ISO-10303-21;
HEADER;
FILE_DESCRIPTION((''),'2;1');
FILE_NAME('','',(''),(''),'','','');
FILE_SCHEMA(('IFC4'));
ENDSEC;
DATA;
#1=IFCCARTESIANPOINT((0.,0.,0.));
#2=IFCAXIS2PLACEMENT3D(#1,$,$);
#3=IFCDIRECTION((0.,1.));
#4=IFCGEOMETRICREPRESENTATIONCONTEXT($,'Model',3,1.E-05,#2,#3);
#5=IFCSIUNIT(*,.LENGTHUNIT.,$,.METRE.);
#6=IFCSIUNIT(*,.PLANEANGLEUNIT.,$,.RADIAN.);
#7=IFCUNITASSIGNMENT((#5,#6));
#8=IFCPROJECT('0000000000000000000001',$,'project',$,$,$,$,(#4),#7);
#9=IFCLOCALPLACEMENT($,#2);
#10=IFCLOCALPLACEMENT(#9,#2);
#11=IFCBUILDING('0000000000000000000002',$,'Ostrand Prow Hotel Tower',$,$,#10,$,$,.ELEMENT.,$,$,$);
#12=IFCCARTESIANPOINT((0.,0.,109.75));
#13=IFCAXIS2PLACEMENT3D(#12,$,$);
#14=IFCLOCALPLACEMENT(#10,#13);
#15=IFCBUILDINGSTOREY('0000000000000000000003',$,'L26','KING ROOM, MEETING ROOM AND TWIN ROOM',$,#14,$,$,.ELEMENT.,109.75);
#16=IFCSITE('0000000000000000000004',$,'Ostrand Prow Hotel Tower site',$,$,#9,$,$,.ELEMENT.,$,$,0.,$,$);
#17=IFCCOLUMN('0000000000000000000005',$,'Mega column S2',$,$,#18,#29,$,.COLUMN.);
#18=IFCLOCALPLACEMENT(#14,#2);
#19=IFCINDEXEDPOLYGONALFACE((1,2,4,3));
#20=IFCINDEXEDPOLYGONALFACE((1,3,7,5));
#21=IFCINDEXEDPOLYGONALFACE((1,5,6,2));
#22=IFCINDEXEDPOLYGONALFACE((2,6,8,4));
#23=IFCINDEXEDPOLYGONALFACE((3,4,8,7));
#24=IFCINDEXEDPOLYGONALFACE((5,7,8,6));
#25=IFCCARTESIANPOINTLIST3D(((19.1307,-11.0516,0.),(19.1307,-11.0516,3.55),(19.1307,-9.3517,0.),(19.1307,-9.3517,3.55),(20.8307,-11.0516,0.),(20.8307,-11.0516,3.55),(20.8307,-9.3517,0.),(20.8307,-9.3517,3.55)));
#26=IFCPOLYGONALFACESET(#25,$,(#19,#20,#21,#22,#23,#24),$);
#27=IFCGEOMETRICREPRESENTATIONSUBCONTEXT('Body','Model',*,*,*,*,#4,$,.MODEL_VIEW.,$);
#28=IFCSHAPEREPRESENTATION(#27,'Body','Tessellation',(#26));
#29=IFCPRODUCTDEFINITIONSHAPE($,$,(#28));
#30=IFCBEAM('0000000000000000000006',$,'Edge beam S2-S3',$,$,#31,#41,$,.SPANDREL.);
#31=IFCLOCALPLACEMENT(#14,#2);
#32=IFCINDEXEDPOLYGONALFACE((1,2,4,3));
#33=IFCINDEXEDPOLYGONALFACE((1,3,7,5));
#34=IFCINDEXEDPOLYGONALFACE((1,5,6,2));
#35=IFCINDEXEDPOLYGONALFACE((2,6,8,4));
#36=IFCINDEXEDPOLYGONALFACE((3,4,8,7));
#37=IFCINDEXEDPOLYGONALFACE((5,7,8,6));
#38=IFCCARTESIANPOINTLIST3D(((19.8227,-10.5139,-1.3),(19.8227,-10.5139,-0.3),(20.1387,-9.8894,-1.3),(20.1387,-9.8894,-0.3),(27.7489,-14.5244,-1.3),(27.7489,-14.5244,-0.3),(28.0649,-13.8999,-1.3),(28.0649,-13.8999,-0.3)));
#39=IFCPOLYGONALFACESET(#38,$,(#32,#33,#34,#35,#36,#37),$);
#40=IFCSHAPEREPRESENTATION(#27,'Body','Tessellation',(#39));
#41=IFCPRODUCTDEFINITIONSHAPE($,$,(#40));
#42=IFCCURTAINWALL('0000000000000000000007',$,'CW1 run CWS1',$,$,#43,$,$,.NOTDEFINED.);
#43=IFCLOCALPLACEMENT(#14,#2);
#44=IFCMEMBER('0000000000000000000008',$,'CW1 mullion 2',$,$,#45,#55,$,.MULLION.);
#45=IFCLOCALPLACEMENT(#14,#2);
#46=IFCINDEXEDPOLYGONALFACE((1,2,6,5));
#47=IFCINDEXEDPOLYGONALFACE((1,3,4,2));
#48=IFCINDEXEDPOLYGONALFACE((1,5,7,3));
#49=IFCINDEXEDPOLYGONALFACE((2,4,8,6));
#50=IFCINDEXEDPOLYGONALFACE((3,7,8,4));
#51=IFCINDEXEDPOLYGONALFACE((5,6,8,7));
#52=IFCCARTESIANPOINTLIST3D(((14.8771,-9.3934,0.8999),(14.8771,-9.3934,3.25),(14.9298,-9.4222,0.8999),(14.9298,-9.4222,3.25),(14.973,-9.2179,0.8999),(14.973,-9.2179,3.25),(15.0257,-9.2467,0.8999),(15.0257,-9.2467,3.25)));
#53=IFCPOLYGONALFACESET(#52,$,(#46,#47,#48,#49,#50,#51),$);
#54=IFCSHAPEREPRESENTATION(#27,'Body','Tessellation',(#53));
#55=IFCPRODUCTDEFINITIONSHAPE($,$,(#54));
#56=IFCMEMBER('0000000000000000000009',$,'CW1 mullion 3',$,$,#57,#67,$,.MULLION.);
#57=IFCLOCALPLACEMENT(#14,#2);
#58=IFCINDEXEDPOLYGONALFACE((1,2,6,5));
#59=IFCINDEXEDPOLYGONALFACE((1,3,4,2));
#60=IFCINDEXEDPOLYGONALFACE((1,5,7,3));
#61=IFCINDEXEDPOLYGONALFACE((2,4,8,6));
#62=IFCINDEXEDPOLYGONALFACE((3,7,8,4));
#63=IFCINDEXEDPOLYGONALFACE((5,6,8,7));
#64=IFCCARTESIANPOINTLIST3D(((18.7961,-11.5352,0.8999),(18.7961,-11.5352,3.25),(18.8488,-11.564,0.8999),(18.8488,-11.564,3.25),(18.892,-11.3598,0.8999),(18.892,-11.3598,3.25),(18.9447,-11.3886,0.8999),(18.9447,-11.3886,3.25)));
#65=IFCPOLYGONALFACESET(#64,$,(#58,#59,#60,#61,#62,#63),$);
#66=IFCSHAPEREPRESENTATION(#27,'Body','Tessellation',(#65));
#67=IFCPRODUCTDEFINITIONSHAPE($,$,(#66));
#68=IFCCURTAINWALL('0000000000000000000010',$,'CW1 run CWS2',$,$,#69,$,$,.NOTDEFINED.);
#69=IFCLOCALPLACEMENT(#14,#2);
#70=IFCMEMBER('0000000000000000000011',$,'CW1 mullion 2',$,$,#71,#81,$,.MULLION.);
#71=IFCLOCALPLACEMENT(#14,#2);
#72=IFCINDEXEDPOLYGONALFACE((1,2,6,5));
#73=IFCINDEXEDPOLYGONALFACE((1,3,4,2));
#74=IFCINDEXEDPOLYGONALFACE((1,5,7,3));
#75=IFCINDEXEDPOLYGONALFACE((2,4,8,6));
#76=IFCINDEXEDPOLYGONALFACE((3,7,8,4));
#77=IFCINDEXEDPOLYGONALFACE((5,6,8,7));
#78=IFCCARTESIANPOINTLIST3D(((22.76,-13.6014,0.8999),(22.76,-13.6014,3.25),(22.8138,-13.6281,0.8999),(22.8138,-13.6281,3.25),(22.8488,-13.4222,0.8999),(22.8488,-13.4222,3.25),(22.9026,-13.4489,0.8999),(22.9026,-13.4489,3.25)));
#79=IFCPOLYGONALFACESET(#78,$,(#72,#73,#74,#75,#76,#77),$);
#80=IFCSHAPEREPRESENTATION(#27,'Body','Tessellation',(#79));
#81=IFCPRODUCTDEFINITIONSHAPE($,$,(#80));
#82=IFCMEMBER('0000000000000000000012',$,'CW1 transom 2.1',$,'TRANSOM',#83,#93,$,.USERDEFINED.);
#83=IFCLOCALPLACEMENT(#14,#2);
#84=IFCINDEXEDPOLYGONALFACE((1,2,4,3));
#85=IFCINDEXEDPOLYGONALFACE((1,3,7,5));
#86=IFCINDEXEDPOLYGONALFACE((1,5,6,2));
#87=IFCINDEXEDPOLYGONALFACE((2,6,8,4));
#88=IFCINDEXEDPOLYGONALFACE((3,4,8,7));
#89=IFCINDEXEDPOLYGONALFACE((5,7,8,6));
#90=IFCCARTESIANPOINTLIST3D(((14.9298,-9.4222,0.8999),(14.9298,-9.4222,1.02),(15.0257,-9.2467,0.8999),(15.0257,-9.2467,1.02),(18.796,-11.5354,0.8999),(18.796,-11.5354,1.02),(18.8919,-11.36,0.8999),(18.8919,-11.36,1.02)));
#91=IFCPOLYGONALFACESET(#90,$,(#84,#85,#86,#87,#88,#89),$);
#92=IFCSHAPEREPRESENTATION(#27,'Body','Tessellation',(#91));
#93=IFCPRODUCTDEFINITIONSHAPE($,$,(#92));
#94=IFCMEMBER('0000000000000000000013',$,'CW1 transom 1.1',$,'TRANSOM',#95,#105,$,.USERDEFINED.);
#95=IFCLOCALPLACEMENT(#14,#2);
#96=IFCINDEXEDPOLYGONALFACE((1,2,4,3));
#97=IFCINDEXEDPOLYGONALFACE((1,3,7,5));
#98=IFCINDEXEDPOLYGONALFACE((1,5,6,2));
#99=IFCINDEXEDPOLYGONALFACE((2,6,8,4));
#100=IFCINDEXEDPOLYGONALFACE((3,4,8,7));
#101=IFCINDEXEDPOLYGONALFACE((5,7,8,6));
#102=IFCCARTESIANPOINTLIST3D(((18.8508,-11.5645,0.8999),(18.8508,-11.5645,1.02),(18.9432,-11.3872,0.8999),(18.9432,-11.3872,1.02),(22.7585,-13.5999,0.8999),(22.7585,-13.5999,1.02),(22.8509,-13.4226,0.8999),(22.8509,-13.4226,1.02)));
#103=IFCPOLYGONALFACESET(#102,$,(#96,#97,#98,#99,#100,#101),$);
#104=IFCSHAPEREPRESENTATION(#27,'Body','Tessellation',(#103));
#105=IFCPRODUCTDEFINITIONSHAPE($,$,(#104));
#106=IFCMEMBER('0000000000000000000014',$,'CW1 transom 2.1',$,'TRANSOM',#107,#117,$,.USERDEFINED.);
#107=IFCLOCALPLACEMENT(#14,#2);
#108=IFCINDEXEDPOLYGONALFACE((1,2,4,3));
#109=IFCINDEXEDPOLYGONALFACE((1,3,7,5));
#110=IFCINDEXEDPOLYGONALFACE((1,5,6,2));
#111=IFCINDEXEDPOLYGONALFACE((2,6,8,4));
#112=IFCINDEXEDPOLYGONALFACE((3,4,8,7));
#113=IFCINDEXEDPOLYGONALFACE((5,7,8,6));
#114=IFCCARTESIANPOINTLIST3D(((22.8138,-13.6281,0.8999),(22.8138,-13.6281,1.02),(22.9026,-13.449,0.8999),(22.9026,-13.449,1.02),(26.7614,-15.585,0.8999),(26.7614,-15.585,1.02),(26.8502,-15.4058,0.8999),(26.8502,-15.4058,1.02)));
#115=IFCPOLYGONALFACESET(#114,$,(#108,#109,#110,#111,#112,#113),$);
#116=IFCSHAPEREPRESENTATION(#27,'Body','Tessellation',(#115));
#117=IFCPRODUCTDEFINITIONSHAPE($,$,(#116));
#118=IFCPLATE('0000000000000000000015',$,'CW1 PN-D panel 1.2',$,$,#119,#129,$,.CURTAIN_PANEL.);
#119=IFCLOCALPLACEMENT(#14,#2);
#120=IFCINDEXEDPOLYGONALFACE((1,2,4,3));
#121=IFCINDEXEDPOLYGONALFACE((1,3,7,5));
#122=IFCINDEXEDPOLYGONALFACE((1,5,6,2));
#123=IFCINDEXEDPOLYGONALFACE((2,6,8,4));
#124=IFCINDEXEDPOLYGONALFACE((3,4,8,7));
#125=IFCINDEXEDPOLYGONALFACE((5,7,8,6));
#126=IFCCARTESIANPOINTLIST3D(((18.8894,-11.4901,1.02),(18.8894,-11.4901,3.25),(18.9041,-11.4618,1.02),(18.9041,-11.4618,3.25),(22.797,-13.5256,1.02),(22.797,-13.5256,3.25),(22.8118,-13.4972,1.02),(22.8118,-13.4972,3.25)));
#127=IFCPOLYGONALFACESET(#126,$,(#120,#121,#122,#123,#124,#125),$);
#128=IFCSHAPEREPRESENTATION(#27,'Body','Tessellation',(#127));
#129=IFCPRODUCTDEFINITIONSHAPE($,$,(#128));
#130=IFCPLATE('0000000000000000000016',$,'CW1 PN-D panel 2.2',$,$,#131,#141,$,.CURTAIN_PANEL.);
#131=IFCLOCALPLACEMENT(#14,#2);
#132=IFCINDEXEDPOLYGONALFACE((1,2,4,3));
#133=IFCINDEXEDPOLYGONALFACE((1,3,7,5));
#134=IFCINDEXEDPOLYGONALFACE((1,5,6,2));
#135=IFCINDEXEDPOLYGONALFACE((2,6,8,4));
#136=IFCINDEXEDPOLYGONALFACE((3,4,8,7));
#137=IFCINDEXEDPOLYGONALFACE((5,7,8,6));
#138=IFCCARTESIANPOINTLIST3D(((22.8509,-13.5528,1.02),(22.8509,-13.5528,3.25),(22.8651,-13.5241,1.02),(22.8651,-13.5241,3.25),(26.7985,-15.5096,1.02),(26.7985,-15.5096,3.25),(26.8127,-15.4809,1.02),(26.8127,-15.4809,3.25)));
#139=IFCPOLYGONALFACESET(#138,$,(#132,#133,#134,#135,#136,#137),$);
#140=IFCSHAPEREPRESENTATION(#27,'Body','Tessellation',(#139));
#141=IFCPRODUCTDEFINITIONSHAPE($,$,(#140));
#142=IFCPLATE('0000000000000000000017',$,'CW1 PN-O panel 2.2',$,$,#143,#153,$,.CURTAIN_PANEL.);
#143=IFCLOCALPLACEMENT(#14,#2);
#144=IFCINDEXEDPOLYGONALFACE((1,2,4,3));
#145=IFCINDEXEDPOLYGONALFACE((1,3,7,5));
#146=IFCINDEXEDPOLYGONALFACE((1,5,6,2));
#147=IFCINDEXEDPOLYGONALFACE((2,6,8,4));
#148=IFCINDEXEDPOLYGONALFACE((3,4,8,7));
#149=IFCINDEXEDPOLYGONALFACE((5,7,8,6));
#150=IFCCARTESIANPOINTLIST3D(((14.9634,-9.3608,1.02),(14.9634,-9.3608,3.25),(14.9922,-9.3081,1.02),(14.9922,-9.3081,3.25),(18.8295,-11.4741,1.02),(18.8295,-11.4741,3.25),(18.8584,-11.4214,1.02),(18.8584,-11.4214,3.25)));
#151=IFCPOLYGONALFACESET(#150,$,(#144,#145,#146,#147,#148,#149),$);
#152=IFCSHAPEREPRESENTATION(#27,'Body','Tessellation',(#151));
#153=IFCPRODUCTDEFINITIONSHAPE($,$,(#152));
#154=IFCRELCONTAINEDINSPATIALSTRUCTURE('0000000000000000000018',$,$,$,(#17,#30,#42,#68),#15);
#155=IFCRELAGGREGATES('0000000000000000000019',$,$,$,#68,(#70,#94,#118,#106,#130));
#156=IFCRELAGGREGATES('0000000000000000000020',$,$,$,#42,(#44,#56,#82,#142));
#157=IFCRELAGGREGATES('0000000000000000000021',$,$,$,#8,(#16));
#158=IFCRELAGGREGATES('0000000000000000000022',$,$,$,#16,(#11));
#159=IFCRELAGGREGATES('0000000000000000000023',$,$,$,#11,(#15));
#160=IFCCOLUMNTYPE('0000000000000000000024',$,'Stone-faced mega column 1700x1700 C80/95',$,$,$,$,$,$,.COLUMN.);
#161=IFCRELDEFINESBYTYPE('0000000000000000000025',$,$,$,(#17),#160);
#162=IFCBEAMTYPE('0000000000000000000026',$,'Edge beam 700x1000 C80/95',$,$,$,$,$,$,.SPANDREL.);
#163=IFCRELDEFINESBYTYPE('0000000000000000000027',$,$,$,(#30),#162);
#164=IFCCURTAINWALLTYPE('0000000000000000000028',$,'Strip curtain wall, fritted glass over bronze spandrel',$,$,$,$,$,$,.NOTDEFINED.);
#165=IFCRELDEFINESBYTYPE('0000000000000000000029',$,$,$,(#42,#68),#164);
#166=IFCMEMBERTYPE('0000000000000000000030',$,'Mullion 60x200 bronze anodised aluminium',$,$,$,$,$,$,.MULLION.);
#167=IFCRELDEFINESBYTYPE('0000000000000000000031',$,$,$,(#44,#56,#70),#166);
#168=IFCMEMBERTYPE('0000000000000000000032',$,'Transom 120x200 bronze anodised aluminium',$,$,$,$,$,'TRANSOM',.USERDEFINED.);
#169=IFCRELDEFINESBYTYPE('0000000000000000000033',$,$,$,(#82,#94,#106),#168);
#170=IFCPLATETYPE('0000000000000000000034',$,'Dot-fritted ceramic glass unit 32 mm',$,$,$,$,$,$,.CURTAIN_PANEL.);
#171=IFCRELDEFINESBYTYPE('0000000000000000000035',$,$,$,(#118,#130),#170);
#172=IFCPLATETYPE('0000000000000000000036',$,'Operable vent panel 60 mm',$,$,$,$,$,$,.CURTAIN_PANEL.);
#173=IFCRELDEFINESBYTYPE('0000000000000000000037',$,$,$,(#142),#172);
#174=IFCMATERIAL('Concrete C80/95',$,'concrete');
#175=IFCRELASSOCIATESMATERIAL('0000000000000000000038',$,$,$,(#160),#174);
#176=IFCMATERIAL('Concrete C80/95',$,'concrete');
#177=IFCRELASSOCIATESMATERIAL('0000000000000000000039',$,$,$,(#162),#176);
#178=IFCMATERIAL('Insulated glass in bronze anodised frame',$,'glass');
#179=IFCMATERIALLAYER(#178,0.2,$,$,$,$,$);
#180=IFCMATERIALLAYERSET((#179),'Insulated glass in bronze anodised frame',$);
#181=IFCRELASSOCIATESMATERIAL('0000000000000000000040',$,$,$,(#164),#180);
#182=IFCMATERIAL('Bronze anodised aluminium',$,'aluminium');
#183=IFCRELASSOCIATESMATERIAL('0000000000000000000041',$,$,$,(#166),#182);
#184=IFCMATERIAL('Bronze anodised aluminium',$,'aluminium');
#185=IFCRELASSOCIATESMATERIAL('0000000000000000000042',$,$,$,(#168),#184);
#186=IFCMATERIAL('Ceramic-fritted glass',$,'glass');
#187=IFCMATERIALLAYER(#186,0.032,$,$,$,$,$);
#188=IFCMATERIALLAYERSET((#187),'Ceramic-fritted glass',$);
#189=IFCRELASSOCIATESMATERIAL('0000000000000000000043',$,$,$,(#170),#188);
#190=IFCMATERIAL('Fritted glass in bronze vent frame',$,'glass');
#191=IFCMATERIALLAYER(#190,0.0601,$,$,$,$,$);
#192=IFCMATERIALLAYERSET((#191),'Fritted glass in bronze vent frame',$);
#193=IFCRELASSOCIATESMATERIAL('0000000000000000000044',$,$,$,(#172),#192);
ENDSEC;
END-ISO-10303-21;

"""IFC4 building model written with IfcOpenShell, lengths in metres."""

from ifc_helpers import new_model, si_unit, direction, frame, origin, origin_2d, place, context, subcontext, project, spatial, rectangle, extrude, material, layer, layer_set, material_profile, profile_set, type_object, element, aggregate, save


model = new_model("IFC4")

# Units and contexts
model_context = context("Model", 3, precision=1e-05, world=origin(), true_north=direction((0.0, 1.0)))
body_context = subcontext(model_context, "Body", "Model", "MODEL_VIEW")
ifc_project = project(units=[si_unit("LENGTHUNIT", "METRE"), si_unit("PLANEANGLEUNIT", "RADIAN")], contexts=[model_context])

# Site, building, storey
site_placement = place(None, origin())
site = spatial("IfcSite", under=ifc_project, at=site_placement, Name="Ostrand Prow Hotel Tower site", CompositionType="ELEMENT", RefElevation=0.0)
building_placement = place(site_placement, origin())
building = spatial("IfcBuilding", under=site, at=building_placement, Name="Ostrand Prow Hotel Tower", CompositionType="ELEMENT")
storey_placement = place(building_placement, frame((0.0, 0.0, 109.75)))
storey = spatial("IfcBuildingStorey", under=building, at=storey_placement, Name="L26", Description="KING ROOM, MEETING ROOM AND TWIN ROOM", CompositionType="ELEMENT", Elevation=109.75)

# Column
ifc_material_1 = material(Name="Concrete C80/95", Category="concrete")
ifc_material_profile_1 = material_profile(ifc_material_1, rectangle(XDim=1.7, YDim=1.7, at=origin_2d()), Name="RC 1700x1700")
ifc_profile_set_1 = profile_set([ifc_material_profile_1], Name="Concrete C80/95")
column_type = type_object("IfcColumnType", Name="Stone-faced mega column 1700x1700 C80/95", PredefinedType="COLUMN", material=ifc_profile_set_1)
column_placement = place(storey_placement, frame((19.9807, -10.2017, 0.0), z_axis=(0.0, 0.0, 1.0), x_axis=(1.0, 0.0, 0.0)))
element("IfcColumn", 1, at=column_placement, inside=storey, type_object=column_type, Name="Mega column S2", PredefinedType="COLUMN", context=body_context, shape_type="SweptSolid", body=[
    extrude(rectangle(XDim=1.7, YDim=1.7, at=origin_2d()), origin(), (0.0, 0.0, 1.0), 3.55),
])

# Beam
ifc_material_2 = material(Name="Concrete C80/95", Category="concrete")
ifc_material_profile_2 = material_profile(ifc_material_2, rectangle(XDim=0.7, YDim=1.0, at=origin_2d()), Name="RC 700x1000")
ifc_profile_set_2 = profile_set([ifc_material_profile_2], Name="Concrete C80/95")
beam_type = type_object("IfcBeamType", Name="Edge beam 700x1000 C80/95", PredefinedType="SPANDREL", material=ifc_profile_set_2)
beam_placement = place(storey_placement, frame((19.9807, -10.2017, -0.8), z_axis=(0.892284, -0.451474, 0.0), x_axis=(0.451474, 0.892284, 0.0)))
element("IfcBeam", 2, at=beam_placement, inside=storey, type_object=beam_type, Name="Edge beam S2-S3", PredefinedType="SPANDREL", context=body_context, shape_type="SweptSolid", body=[
    extrude(rectangle(XDim=0.7, YDim=1.0, at=origin_2d()), origin(), (0.0, 0.0, 1.0), 8.8831),
])

# Curtain wall, members
ifc_material_3 = material(Name="Insulated glass in bronze anodised frame", Category="glass")
ifc_layer_1 = layer(ifc_material_3, 0.2)
ifc_layer_set_1 = layer_set([ifc_layer_1], Name="Insulated glass in bronze anodised frame")
curtain_wall_type = type_object("IfcCurtainWallType", Name="Strip curtain wall, fritted glass over bronze spandrel", PredefinedType="NOTDEFINED", material=ifc_layer_set_1)
curtain_wall_1_placement = place(storey_placement, origin())
curtain_wall_1 = element("IfcCurtainWall", 3, at=curtain_wall_1_placement, inside=storey, type_object=curtain_wall_type, Name="CW1 run CWS1", PredefinedType="NOTDEFINED")
ifc_material_4 = material(Name="Bronze anodised aluminium", Category="aluminium")
ifc_material_profile_3 = material_profile(ifc_material_4, rectangle(XDim=0.2, YDim=0.0601, at=origin_2d()), Name="Mullion 60x200 bronze anodised aluminium")
ifc_profile_set_3 = profile_set([ifc_material_profile_3], Name="Bronze anodised aluminium")
member_type_1 = type_object("IfcMemberType", Name="Mullion 60x200 bronze anodised aluminium", PredefinedType="MULLION", material=ifc_profile_set_3)
member_1_placement = place(storey_placement, frame((14.9514, -9.3201, 0.8999), z_axis=(0.0, 0.0, 1.0), x_axis=(0.479637, 0.877467, 0.0)))
member_1 = element("IfcMember", 4, at=member_1_placement, type_object=member_type_1, Name="CW1 mullion 2", PredefinedType="MULLION", context=body_context, shape_type="SweptSolid", body=[
    extrude(rectangle(XDim=0.2, YDim=0.0601, at=origin_2d()), origin(), (0.0, 0.0, 1.0), 2.3501),
])
member_2_placement = place(storey_placement, frame((18.8704, -11.4619, 0.8999), z_axis=(0.0, 0.0, 1.0), x_axis=(0.479637, 0.877467, 0.0)))
member_2 = element("IfcMember", 5, at=member_2_placement, type_object=member_type_1, Name="CW1 mullion 3", PredefinedType="MULLION", context=body_context, shape_type="SweptSolid", body=[
    extrude(rectangle(XDim=0.2, YDim=0.0601, at=origin_2d()), origin(), (0.0, 0.0, 1.0), 2.3501),
])

# Curtain wall, member
curtain_wall_2_placement = place(storey_placement, origin())
curtain_wall_2 = element("IfcCurtainWall", 6, at=curtain_wall_2_placement, inside=storey, type_object=curtain_wall_type, Name="CW1 run CWS2", PredefinedType="NOTDEFINED")
member_3_placement = place(storey_placement, frame((22.8313, -13.5251, 0.8999), z_axis=(0.0, 0.0, 1.0), x_axis=(0.444113, 0.895971, 0.0)))
member_3 = element("IfcMember", 7, at=member_3_placement, type_object=member_type_1, Name="CW1 mullion 2", PredefinedType="MULLION", context=body_context, shape_type="SweptSolid", body=[
    extrude(rectangle(XDim=0.2, YDim=0.0601, at=origin_2d()), origin(), (0.0, 0.0, 1.0), 2.3501),
])

# Members
ifc_material_5 = material(Name="Bronze anodised aluminium", Category="aluminium")
ifc_material_profile_4 = material_profile(ifc_material_5, rectangle(XDim=0.2, YDim=0.1201, at=origin_2d()), Name="Transom 120x200 bronze anodised aluminium")
ifc_profile_set_4 = profile_set([ifc_material_profile_4], Name="Bronze anodised aluminium")
member_type_2 = type_object("IfcMemberType", Name="Transom 120x200 bronze anodised aluminium", ElementType="TRANSOM", PredefinedType="USERDEFINED", material=ifc_profile_set_4)
member_4_placement = place(storey_placement, frame((14.9778, -9.3345, 0.96), z_axis=(0.877472, -0.479628, 0.0), x_axis=(0.479628, 0.877472, 0.0)))
member_4 = element("IfcMember", 8, at=member_4_placement, type_object=member_type_2, Name="CW1 transom 2.1", ObjectType="TRANSOM", PredefinedType="USERDEFINED", context=body_context, shape_type="SweptSolid", body=[
    extrude(rectangle(XDim=0.2, YDim=0.1201, at=origin_2d()), origin(), (0.0, 0.0, 1.0), 4.406),
])
member_5_placement = place(storey_placement, frame((18.897, -11.4758, 0.96), z_axis=(0.886902, -0.461958, 0.0), x_axis=(0.461958, 0.886902, 0.0)))
member_5 = element("IfcMember", 9, at=member_5_placement, type_object=member_type_2, Name="CW1 transom 1.1", ObjectType="TRANSOM", PredefinedType="USERDEFINED", context=body_context, shape_type="SweptSolid", body=[
    extrude(rectangle(XDim=0.2, YDim=0.1201, at=origin_2d()), origin(), (0.0, 0.0, 1.0), 4.406),
])
member_6_placement = place(storey_placement, frame((22.8582, -13.5386, 0.96), z_axis=(0.895962, -0.44413, 0.0), x_axis=(0.44413, 0.895962, 0.0)))
member_6 = element("IfcMember", 10, at=member_6_placement, type_object=member_type_2, Name="CW1 transom 2.1", ObjectType="TRANSOM", PredefinedType="USERDEFINED", context=body_context, shape_type="SweptSolid", body=[
    extrude(rectangle(XDim=0.2, YDim=0.1201, at=origin_2d()), origin(), (0.0, 0.0, 1.0), 4.406),
])

# Plates
ifc_material_6 = material(Name="Ceramic-fritted glass", Category="glass")
ifc_layer_2 = layer(ifc_material_6, 0.032)
ifc_layer_set_2 = layer_set([ifc_layer_2], Name="Ceramic-fritted glass")
plate_type_1 = type_object("IfcPlateType", Name="Dot-fritted ceramic glass unit 32 mm", PredefinedType="CURTAIN_PANEL", material=ifc_layer_set_2)
plate_1_placement = place(storey_placement, frame((20.8506, -12.4937, 1.02), z_axis=(0.0, 0.0, 1.0), x_axis=(0.886896, -0.461968, 0.0)))
plate_1 = element("IfcPlate", 11, at=plate_1_placement, type_object=plate_type_1, Name="CW1 PN-D panel 1.2", PredefinedType="CURTAIN_PANEL", context=body_context, shape_type="SweptSolid", body=[
    extrude(rectangle(XDim=4.406, YDim=0.032, at=origin_2d()), origin(), (0.0, 0.0, 1.0), 2.23),
])
plate_2_placement = place(storey_placement, frame((24.8318, -14.5168, 1.02), z_axis=(0.0, 0.0, 1.0), x_axis=(0.895971, -0.444113, 0.0)))
plate_2 = element("IfcPlate", 12, at=plate_2_placement, type_object=plate_type_1, Name="CW1 PN-D panel 2.2", PredefinedType="CURTAIN_PANEL", context=body_context, shape_type="SweptSolid", body=[
    extrude(rectangle(XDim=4.406, YDim=0.032, at=origin_2d()), origin(), (0.0, 0.0, 1.0), 2.23),
])
aggregate(curtain_wall_2, [member_3, member_5, plate_1, member_6, plate_2])
ifc_material_7 = material(Name="Fritted glass in bronze vent frame", Category="glass")
ifc_layer_3 = layer(ifc_material_7, 0.0601)
ifc_layer_set_3 = layer_set([ifc_layer_3], Name="Fritted glass in bronze vent frame")
plate_type_2 = type_object("IfcPlateType", Name="Operable vent panel 60 mm", PredefinedType="CURTAIN_PANEL", material=ifc_layer_set_3)
plate_3_placement = place(storey_placement, frame((16.9109, -10.3911, 1.02), z_axis=(0.0, 0.0, 1.0), x_axis=(0.877467, -0.479637, 0.0)))
plate_3 = element("IfcPlate", 13, at=plate_3_placement, type_object=plate_type_2, Name="CW1 PN-O panel 2.2", PredefinedType="CURTAIN_PANEL", context=body_context, shape_type="SweptSolid", body=[
    extrude(rectangle(XDim=4.406, YDim=0.0601, at=origin_2d()), origin(), (0.0, 0.0, 1.0), 2.23),
])
aggregate(curtain_wall_1, [member_1, member_2, member_4, plate_3])

save(model, "model.ifc")
